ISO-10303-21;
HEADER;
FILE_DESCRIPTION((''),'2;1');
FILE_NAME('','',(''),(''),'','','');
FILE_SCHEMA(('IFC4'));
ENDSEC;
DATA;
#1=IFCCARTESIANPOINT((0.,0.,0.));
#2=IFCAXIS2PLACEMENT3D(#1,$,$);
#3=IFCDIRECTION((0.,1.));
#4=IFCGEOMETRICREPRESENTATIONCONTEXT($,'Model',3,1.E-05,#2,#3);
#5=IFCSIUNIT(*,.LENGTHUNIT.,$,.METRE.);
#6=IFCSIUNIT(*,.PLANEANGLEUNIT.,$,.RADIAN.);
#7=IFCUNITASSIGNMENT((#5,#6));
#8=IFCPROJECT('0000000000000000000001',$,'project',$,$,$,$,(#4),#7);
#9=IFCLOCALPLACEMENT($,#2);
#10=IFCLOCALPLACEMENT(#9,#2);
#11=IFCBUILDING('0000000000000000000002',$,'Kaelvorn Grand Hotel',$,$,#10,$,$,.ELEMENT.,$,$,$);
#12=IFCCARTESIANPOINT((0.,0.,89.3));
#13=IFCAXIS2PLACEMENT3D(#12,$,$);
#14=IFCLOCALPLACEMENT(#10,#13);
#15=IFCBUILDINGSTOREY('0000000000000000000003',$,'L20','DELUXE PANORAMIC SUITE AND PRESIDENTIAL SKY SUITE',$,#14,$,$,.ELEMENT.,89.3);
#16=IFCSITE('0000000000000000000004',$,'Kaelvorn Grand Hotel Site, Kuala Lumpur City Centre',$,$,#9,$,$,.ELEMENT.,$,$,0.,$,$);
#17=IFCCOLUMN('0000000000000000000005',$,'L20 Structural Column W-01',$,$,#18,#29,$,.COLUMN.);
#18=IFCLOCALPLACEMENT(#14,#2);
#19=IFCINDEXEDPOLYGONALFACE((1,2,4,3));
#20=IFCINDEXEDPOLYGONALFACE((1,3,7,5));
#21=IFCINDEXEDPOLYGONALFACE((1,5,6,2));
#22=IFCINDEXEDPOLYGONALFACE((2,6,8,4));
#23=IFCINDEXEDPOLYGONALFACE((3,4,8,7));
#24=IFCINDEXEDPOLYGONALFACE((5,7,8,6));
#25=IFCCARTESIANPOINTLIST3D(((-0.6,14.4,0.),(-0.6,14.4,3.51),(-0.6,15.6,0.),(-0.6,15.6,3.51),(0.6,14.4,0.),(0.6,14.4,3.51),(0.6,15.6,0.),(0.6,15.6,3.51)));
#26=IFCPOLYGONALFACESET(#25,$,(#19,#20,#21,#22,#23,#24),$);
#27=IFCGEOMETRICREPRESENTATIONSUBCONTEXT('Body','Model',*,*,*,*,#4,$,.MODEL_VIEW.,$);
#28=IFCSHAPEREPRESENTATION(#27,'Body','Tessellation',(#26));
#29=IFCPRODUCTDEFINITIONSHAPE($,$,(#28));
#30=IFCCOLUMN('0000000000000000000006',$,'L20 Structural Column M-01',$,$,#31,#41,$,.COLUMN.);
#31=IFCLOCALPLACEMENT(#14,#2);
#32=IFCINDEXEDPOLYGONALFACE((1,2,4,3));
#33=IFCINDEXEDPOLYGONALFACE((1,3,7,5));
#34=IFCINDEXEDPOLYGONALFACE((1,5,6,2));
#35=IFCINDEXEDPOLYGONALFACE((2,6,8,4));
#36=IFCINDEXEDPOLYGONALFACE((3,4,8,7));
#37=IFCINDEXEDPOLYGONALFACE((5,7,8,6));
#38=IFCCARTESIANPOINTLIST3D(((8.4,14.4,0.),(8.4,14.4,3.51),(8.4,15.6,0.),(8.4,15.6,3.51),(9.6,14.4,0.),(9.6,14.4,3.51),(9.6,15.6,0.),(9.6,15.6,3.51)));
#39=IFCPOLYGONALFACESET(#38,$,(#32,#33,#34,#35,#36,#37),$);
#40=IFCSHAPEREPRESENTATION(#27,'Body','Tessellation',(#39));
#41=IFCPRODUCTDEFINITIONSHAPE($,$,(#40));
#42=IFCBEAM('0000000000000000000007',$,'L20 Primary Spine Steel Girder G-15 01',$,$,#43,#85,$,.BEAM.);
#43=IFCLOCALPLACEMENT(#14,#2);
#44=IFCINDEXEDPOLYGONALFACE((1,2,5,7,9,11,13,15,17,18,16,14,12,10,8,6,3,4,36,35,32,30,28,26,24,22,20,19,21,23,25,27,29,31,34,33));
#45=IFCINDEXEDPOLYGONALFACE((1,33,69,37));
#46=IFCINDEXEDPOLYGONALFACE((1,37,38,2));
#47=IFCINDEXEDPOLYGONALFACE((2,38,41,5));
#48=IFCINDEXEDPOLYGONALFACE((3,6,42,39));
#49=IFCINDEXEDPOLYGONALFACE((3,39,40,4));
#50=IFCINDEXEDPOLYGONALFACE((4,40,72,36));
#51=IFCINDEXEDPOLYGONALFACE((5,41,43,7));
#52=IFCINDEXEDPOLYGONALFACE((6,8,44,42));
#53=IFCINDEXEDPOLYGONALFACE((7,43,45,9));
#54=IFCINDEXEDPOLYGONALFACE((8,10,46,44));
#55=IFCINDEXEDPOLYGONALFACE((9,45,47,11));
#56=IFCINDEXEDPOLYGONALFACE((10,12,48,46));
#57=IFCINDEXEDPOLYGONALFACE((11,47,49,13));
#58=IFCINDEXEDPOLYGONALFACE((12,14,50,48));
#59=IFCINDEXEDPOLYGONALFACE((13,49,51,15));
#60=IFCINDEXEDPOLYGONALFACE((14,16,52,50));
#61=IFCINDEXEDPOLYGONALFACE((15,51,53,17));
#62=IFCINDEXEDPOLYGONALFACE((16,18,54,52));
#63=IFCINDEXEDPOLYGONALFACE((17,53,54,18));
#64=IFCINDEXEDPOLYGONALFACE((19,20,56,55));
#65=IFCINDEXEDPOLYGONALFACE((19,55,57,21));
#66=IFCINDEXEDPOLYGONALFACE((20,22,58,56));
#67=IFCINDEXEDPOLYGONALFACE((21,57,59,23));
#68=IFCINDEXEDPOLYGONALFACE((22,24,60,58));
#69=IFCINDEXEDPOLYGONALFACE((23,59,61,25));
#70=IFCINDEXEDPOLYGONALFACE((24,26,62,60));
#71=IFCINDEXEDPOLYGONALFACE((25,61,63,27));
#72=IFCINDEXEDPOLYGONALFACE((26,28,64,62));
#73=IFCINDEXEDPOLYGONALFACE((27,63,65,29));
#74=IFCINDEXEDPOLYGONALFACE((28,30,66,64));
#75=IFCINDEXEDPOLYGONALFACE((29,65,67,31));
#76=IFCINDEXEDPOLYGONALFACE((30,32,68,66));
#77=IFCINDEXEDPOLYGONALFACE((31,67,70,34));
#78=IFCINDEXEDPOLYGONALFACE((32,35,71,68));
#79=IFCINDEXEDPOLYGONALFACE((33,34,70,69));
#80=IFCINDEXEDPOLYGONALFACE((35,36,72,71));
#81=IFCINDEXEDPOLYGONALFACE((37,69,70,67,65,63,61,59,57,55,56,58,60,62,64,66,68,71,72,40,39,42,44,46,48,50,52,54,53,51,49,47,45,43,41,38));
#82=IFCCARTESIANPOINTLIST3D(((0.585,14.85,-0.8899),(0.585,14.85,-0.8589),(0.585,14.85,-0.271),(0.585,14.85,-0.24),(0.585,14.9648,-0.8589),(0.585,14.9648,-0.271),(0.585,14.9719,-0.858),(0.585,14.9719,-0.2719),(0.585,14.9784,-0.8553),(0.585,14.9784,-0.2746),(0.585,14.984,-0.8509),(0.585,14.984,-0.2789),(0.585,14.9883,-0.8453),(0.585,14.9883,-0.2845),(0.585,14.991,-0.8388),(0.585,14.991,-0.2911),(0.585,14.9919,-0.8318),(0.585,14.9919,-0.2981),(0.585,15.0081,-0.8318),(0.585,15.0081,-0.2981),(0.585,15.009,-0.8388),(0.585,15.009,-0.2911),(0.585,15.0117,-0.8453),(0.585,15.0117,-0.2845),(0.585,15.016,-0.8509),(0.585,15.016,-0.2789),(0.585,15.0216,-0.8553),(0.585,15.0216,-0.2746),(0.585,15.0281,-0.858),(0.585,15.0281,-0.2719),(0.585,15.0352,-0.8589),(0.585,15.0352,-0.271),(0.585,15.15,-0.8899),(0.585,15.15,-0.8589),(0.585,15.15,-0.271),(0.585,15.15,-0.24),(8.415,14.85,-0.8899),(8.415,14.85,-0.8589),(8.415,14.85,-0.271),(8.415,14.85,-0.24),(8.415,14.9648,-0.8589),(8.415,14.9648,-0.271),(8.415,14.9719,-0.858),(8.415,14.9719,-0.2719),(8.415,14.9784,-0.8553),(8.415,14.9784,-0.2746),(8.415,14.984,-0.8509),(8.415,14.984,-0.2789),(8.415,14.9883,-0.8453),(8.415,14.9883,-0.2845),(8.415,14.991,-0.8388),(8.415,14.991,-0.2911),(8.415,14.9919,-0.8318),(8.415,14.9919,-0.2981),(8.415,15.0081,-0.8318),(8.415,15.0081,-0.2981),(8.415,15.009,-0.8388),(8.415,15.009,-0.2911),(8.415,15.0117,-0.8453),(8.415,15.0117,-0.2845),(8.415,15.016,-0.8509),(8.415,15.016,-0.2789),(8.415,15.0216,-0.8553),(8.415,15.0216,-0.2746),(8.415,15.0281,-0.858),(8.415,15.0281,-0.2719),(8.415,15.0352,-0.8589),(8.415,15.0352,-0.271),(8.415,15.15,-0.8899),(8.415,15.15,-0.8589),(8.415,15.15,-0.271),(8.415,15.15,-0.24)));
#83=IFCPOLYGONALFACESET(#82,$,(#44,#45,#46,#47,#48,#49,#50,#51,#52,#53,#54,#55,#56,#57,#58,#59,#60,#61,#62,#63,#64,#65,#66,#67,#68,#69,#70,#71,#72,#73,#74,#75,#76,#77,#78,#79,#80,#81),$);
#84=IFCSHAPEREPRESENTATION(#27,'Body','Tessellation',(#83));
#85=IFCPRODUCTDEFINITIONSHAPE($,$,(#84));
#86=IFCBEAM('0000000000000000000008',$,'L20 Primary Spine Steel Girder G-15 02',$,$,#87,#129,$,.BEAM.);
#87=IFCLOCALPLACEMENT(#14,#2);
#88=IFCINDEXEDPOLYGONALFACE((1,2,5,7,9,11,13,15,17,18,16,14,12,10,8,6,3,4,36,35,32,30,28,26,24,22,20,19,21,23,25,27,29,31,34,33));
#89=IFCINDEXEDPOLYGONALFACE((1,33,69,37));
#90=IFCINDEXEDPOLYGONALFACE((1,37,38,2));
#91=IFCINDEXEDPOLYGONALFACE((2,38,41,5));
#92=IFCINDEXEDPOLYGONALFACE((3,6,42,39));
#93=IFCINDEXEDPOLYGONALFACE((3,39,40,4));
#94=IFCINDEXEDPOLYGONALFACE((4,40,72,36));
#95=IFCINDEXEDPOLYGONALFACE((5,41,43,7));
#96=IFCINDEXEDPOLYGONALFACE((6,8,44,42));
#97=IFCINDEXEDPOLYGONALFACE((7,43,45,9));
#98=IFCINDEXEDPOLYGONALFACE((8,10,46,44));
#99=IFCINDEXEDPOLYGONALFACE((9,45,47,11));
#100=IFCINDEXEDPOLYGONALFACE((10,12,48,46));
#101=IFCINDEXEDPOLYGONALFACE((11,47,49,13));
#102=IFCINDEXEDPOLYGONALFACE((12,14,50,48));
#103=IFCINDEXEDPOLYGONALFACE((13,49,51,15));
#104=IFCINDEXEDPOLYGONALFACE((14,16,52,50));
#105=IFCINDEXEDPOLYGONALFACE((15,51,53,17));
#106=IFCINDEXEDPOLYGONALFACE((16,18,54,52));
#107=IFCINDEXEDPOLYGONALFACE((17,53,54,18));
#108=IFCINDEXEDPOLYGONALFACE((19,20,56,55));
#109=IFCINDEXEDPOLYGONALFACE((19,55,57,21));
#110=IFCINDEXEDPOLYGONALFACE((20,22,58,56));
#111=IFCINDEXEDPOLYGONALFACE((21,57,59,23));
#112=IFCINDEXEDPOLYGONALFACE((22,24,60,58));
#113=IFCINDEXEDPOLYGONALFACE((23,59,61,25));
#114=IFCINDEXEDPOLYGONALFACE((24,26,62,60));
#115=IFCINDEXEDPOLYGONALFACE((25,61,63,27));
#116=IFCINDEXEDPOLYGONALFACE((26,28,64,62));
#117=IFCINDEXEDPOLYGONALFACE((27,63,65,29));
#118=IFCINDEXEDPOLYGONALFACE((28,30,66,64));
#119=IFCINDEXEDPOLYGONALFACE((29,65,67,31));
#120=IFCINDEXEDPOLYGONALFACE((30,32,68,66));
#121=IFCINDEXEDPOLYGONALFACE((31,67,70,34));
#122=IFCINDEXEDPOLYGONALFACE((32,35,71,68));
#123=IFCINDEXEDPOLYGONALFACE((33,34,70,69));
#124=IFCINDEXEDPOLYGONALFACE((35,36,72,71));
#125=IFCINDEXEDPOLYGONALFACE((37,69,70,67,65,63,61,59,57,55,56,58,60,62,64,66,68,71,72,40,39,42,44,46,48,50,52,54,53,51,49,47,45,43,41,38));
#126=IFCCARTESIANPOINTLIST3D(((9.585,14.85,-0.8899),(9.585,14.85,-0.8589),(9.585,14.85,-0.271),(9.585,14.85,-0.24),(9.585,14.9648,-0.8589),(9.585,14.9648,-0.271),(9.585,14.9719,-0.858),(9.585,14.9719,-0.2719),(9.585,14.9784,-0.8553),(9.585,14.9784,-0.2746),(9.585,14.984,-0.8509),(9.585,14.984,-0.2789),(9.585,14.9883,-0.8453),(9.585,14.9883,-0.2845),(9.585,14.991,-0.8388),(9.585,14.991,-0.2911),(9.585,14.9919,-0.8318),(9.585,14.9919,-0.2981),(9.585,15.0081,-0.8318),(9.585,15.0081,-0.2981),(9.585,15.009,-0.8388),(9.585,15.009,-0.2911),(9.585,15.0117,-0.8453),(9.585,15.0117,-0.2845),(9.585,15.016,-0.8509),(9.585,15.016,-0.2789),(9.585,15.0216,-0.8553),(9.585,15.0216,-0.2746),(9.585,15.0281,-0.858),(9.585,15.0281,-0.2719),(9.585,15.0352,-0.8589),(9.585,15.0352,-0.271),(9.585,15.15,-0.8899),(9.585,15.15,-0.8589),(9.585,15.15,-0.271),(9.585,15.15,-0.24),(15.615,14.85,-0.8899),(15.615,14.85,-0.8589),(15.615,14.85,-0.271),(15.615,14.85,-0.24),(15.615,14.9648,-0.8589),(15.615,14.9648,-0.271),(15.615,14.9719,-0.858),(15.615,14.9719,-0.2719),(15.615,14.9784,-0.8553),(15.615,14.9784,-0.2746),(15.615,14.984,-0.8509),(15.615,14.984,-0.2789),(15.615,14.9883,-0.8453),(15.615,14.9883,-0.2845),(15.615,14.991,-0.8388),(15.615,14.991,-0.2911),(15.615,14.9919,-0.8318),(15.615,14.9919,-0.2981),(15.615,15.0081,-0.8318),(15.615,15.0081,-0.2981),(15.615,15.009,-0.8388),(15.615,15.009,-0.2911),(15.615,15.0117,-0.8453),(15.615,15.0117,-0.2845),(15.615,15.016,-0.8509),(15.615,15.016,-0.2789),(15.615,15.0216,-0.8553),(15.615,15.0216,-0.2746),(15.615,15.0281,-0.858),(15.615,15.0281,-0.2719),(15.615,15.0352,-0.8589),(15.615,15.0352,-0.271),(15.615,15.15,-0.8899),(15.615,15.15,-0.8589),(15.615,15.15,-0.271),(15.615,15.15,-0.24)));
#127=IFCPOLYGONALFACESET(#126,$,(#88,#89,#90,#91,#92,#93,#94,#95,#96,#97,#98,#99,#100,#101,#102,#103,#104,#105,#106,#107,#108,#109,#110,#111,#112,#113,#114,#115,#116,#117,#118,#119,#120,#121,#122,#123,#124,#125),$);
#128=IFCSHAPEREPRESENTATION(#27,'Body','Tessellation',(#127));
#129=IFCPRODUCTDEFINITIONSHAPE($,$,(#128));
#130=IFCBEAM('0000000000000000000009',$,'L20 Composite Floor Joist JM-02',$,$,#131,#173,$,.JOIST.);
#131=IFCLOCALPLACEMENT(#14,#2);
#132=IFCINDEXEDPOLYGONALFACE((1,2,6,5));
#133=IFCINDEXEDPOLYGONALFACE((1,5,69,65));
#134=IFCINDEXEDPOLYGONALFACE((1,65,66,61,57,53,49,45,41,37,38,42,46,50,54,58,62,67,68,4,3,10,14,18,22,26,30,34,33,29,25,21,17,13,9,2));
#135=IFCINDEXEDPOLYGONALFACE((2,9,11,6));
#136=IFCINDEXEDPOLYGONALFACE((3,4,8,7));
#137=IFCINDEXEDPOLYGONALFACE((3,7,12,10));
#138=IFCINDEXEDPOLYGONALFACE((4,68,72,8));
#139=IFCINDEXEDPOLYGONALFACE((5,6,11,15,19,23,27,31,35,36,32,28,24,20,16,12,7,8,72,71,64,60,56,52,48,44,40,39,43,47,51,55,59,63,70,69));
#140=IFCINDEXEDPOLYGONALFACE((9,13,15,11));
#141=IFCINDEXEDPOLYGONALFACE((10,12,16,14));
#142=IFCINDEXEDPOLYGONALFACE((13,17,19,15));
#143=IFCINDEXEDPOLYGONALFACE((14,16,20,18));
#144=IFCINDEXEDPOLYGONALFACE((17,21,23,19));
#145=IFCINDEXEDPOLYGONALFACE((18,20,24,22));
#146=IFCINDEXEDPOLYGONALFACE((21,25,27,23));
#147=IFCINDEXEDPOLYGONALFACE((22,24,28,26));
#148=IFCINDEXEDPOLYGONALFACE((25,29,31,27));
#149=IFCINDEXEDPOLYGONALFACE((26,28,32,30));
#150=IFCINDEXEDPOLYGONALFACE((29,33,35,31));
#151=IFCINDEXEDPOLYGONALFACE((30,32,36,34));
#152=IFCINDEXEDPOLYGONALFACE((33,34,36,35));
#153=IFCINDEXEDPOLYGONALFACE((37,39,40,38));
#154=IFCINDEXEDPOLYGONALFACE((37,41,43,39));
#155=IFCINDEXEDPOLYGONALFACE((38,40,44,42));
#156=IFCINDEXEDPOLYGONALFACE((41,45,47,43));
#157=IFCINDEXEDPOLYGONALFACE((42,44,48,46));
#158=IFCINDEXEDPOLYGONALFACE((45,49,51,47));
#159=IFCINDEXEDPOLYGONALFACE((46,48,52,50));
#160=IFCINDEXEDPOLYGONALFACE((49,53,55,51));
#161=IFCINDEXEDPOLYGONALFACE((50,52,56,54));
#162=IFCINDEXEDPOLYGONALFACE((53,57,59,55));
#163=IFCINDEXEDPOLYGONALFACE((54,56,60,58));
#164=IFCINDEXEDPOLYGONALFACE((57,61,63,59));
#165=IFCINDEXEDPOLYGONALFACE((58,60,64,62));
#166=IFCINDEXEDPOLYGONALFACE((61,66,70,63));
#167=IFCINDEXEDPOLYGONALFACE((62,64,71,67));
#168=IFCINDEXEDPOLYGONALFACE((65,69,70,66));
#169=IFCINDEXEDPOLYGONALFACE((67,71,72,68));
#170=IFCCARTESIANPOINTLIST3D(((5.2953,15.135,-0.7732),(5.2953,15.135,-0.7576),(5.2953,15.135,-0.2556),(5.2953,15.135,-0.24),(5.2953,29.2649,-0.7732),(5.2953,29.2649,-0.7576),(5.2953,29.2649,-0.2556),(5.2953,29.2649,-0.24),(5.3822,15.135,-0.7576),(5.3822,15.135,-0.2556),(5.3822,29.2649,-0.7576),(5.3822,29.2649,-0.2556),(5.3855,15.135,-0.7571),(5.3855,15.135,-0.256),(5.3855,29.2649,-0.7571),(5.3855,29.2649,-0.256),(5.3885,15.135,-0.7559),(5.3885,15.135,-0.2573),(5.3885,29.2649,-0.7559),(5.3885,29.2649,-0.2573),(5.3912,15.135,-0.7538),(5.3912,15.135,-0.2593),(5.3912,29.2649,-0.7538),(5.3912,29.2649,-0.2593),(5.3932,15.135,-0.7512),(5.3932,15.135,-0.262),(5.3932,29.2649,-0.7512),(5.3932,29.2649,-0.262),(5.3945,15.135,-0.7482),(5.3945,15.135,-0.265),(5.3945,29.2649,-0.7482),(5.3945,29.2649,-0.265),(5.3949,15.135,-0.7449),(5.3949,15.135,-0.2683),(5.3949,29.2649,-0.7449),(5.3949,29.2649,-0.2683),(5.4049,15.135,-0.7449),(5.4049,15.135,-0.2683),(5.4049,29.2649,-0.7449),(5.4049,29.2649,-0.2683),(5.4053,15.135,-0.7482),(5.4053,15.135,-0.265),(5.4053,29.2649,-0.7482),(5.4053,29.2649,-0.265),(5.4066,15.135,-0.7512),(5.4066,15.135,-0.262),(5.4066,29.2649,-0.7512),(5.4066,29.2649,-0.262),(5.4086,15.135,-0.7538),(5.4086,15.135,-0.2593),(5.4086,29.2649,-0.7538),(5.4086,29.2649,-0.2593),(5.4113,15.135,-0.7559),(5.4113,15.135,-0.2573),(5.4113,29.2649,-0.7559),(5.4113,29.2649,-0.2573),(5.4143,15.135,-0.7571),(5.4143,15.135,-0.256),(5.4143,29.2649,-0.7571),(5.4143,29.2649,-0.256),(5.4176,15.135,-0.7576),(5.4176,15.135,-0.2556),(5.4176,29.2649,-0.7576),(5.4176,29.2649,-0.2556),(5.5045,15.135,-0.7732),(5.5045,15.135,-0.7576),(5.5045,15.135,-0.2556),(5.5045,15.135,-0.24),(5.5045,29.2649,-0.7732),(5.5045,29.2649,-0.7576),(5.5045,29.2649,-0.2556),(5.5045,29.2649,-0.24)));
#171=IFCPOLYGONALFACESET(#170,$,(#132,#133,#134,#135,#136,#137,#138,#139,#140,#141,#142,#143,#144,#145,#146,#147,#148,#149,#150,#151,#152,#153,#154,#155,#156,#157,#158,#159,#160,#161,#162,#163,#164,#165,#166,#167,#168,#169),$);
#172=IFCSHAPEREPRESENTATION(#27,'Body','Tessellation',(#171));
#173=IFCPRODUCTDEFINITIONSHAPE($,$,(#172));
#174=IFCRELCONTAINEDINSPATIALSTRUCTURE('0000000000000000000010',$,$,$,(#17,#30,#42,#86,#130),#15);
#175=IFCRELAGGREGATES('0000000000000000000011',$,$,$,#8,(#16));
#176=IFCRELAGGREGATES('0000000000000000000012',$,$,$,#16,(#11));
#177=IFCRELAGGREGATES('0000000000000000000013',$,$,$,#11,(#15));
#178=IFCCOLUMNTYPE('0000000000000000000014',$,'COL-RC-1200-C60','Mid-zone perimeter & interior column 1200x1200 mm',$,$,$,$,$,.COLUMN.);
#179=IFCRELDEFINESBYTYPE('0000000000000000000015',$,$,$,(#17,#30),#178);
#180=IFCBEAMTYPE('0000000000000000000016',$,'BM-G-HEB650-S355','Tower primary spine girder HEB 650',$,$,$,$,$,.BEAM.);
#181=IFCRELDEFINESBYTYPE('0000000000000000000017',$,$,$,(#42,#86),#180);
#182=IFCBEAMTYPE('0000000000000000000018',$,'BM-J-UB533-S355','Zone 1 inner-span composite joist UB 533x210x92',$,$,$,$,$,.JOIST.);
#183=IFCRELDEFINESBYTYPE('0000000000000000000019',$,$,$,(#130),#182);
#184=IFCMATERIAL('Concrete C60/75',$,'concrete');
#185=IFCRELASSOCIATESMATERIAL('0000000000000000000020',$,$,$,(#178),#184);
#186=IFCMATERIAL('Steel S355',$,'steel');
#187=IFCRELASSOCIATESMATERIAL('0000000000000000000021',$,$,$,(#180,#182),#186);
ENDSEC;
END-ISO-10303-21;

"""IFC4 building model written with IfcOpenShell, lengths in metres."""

from ifc_helpers import new_model, si_unit, direction, frame, origin, origin_2d, place, context, subcontext, project, spatial, rectangle, i_section, extrude, material, material_profile, profile_set, type_object, element, save


model = new_model("IFC4")

# Units and contexts
model_context = context("Model", 3, precision=1e-05, world=origin(), true_north=direction((0.0, 1.0)))
body_context = subcontext(model_context, "Body", "Model", "MODEL_VIEW")
ifc_project = project(units=[si_unit("LENGTHUNIT", "METRE"), si_unit("PLANEANGLEUNIT", "RADIAN")], contexts=[model_context])

# Site, building, storey
site_placement = place(None, origin())
site = spatial("IfcSite", under=ifc_project, at=site_placement, Name="Kaelvorn Grand Hotel Site, Kuala Lumpur City Centre", CompositionType="ELEMENT", RefElevation=0.0)
building_placement = place(site_placement, origin())
building = spatial("IfcBuilding", under=site, at=building_placement, Name="Kaelvorn Grand Hotel", CompositionType="ELEMENT")
storey_placement = place(building_placement, frame((0.0, 0.0, 89.3)))
storey = spatial("IfcBuildingStorey", under=building, at=storey_placement, Name="L20", Description="DELUXE PANORAMIC SUITE AND PRESIDENTIAL SKY SUITE", CompositionType="ELEMENT", Elevation=89.3)

# Columns
ifc_material_1 = material(Name="Concrete C60/75", Category="concrete")
ifc_material_profile_1 = material_profile(ifc_material_1, rectangle(XDim=1.2, YDim=1.2, at=origin_2d()), Name="RC COL 1200x1200")
ifc_profile_set_1 = profile_set([ifc_material_profile_1], Name="Concrete C60/75")
column_type = type_object("IfcColumnType", Name="COL-RC-1200-C60", Description="Mid-zone perimeter & interior column 1200x1200 mm", PredefinedType="COLUMN", material=ifc_profile_set_1)
for number, where, z_axis, x_axis, name in (
    (1, (0.0, 15.0, 0.0), (0.0, 0.0, 1.0), (1.0, 0.0, 0.0), "L20 Structural Column W-01"),
    (2, (9.0, 15.0, 0.0), (0.0, 0.0, 1.0), (1.0, 0.0, 0.0), "L20 Structural Column M-01"),
):
    element("IfcColumn", number, at=place(storey_placement, frame(where, z_axis=z_axis, x_axis=x_axis)), inside=storey, type_object=column_type, Name=name, PredefinedType="COLUMN", context=body_context, shape_type="SweptSolid", body=[
        extrude(rectangle(XDim=1.2, YDim=1.2, at=origin_2d()), origin(), (0.0, 0.0, 1.0), 3.51),
    ])

# Beams
ifc_material_2 = material(Name="Steel S355", Category="steel")
ifc_material_profile_2 = material_profile(ifc_material_2, i_section(OverallWidth=0.3, OverallDepth=0.6499, WebThickness=0.0161, FlangeThickness=0.031, FilletRadius=0.0271, at=origin_2d()), Name="HEB 650")
ifc_profile_set_2 = profile_set([ifc_material_profile_2], Name="Steel S355")
beam_type_1 = type_object("IfcBeamType", Name="BM-G-HEB650-S355", Description="Tower primary spine girder HEB 650", PredefinedType="BEAM", material=ifc_profile_set_2)
beam_1_placement = place(storey_placement, frame((0.585, 15.0, -0.5649), z_axis=(1.0, 0.0, 0.0), x_axis=(0.0, 1.0, 0.0)))
element("IfcBeam", 3, at=beam_1_placement, inside=storey, type_object=beam_type_1, Name="L20 Primary Spine Steel Girder G-15 01", PredefinedType="BEAM", context=body_context, shape_type="SweptSolid", body=[
    extrude(i_section(OverallWidth=0.3, OverallDepth=0.6499, WebThickness=0.0161, FlangeThickness=0.031, FilletRadius=0.0271, at=origin_2d()), origin(), (0.0, 0.0, 1.0), 7.8301),
])
beam_2_placement = place(storey_placement, frame((9.585, 15.0, -0.5649), z_axis=(1.0, 0.0, 0.0), x_axis=(0.0, 1.0, 0.0)))
element("IfcBeam", 4, at=beam_2_placement, inside=storey, type_object=beam_type_1, Name="L20 Primary Spine Steel Girder G-15 02", PredefinedType="BEAM", context=body_context, shape_type="SweptSolid", body=[
    extrude(i_section(OverallWidth=0.3, OverallDepth=0.6499, WebThickness=0.0161, FlangeThickness=0.031, FilletRadius=0.0271, at=origin_2d()), origin(), (0.0, 0.0, 1.0), 6.03),
])
ifc_material_profile_3 = material_profile(ifc_material_2, i_section(OverallWidth=0.2092, OverallDepth=0.5332, WebThickness=0.01, FlangeThickness=0.0156, FilletRadius=0.0127, at=origin_2d()), Name="UB 533x210x92")
ifc_profile_set_3 = profile_set([ifc_material_profile_3], Name="Steel S355")
beam_type_2 = type_object("IfcBeamType", Name="BM-J-UB533-S355", Description="Zone 1 inner-span composite joist UB 533x210x92", PredefinedType="JOIST", material=ifc_profile_set_3)
beam_3_placement = place(storey_placement, frame((5.3999, 15.135, -0.5066), z_axis=(0.0, 1.0, 0.0), x_axis=(-1.0, 0.0, 0.0)))
element("IfcBeam", 5, at=beam_3_placement, inside=storey, type_object=beam_type_2, Name="L20 Composite Floor Joist JM-02", PredefinedType="JOIST", context=body_context, shape_type="SweptSolid", body=[
    extrude(i_section(OverallWidth=0.2092, OverallDepth=0.5332, WebThickness=0.01, FlangeThickness=0.0156, FilletRadius=0.0127, at=origin_2d()), origin(), (0.0, 0.0, 1.0), 14.1299),
])

save(model, "model.ifc")
